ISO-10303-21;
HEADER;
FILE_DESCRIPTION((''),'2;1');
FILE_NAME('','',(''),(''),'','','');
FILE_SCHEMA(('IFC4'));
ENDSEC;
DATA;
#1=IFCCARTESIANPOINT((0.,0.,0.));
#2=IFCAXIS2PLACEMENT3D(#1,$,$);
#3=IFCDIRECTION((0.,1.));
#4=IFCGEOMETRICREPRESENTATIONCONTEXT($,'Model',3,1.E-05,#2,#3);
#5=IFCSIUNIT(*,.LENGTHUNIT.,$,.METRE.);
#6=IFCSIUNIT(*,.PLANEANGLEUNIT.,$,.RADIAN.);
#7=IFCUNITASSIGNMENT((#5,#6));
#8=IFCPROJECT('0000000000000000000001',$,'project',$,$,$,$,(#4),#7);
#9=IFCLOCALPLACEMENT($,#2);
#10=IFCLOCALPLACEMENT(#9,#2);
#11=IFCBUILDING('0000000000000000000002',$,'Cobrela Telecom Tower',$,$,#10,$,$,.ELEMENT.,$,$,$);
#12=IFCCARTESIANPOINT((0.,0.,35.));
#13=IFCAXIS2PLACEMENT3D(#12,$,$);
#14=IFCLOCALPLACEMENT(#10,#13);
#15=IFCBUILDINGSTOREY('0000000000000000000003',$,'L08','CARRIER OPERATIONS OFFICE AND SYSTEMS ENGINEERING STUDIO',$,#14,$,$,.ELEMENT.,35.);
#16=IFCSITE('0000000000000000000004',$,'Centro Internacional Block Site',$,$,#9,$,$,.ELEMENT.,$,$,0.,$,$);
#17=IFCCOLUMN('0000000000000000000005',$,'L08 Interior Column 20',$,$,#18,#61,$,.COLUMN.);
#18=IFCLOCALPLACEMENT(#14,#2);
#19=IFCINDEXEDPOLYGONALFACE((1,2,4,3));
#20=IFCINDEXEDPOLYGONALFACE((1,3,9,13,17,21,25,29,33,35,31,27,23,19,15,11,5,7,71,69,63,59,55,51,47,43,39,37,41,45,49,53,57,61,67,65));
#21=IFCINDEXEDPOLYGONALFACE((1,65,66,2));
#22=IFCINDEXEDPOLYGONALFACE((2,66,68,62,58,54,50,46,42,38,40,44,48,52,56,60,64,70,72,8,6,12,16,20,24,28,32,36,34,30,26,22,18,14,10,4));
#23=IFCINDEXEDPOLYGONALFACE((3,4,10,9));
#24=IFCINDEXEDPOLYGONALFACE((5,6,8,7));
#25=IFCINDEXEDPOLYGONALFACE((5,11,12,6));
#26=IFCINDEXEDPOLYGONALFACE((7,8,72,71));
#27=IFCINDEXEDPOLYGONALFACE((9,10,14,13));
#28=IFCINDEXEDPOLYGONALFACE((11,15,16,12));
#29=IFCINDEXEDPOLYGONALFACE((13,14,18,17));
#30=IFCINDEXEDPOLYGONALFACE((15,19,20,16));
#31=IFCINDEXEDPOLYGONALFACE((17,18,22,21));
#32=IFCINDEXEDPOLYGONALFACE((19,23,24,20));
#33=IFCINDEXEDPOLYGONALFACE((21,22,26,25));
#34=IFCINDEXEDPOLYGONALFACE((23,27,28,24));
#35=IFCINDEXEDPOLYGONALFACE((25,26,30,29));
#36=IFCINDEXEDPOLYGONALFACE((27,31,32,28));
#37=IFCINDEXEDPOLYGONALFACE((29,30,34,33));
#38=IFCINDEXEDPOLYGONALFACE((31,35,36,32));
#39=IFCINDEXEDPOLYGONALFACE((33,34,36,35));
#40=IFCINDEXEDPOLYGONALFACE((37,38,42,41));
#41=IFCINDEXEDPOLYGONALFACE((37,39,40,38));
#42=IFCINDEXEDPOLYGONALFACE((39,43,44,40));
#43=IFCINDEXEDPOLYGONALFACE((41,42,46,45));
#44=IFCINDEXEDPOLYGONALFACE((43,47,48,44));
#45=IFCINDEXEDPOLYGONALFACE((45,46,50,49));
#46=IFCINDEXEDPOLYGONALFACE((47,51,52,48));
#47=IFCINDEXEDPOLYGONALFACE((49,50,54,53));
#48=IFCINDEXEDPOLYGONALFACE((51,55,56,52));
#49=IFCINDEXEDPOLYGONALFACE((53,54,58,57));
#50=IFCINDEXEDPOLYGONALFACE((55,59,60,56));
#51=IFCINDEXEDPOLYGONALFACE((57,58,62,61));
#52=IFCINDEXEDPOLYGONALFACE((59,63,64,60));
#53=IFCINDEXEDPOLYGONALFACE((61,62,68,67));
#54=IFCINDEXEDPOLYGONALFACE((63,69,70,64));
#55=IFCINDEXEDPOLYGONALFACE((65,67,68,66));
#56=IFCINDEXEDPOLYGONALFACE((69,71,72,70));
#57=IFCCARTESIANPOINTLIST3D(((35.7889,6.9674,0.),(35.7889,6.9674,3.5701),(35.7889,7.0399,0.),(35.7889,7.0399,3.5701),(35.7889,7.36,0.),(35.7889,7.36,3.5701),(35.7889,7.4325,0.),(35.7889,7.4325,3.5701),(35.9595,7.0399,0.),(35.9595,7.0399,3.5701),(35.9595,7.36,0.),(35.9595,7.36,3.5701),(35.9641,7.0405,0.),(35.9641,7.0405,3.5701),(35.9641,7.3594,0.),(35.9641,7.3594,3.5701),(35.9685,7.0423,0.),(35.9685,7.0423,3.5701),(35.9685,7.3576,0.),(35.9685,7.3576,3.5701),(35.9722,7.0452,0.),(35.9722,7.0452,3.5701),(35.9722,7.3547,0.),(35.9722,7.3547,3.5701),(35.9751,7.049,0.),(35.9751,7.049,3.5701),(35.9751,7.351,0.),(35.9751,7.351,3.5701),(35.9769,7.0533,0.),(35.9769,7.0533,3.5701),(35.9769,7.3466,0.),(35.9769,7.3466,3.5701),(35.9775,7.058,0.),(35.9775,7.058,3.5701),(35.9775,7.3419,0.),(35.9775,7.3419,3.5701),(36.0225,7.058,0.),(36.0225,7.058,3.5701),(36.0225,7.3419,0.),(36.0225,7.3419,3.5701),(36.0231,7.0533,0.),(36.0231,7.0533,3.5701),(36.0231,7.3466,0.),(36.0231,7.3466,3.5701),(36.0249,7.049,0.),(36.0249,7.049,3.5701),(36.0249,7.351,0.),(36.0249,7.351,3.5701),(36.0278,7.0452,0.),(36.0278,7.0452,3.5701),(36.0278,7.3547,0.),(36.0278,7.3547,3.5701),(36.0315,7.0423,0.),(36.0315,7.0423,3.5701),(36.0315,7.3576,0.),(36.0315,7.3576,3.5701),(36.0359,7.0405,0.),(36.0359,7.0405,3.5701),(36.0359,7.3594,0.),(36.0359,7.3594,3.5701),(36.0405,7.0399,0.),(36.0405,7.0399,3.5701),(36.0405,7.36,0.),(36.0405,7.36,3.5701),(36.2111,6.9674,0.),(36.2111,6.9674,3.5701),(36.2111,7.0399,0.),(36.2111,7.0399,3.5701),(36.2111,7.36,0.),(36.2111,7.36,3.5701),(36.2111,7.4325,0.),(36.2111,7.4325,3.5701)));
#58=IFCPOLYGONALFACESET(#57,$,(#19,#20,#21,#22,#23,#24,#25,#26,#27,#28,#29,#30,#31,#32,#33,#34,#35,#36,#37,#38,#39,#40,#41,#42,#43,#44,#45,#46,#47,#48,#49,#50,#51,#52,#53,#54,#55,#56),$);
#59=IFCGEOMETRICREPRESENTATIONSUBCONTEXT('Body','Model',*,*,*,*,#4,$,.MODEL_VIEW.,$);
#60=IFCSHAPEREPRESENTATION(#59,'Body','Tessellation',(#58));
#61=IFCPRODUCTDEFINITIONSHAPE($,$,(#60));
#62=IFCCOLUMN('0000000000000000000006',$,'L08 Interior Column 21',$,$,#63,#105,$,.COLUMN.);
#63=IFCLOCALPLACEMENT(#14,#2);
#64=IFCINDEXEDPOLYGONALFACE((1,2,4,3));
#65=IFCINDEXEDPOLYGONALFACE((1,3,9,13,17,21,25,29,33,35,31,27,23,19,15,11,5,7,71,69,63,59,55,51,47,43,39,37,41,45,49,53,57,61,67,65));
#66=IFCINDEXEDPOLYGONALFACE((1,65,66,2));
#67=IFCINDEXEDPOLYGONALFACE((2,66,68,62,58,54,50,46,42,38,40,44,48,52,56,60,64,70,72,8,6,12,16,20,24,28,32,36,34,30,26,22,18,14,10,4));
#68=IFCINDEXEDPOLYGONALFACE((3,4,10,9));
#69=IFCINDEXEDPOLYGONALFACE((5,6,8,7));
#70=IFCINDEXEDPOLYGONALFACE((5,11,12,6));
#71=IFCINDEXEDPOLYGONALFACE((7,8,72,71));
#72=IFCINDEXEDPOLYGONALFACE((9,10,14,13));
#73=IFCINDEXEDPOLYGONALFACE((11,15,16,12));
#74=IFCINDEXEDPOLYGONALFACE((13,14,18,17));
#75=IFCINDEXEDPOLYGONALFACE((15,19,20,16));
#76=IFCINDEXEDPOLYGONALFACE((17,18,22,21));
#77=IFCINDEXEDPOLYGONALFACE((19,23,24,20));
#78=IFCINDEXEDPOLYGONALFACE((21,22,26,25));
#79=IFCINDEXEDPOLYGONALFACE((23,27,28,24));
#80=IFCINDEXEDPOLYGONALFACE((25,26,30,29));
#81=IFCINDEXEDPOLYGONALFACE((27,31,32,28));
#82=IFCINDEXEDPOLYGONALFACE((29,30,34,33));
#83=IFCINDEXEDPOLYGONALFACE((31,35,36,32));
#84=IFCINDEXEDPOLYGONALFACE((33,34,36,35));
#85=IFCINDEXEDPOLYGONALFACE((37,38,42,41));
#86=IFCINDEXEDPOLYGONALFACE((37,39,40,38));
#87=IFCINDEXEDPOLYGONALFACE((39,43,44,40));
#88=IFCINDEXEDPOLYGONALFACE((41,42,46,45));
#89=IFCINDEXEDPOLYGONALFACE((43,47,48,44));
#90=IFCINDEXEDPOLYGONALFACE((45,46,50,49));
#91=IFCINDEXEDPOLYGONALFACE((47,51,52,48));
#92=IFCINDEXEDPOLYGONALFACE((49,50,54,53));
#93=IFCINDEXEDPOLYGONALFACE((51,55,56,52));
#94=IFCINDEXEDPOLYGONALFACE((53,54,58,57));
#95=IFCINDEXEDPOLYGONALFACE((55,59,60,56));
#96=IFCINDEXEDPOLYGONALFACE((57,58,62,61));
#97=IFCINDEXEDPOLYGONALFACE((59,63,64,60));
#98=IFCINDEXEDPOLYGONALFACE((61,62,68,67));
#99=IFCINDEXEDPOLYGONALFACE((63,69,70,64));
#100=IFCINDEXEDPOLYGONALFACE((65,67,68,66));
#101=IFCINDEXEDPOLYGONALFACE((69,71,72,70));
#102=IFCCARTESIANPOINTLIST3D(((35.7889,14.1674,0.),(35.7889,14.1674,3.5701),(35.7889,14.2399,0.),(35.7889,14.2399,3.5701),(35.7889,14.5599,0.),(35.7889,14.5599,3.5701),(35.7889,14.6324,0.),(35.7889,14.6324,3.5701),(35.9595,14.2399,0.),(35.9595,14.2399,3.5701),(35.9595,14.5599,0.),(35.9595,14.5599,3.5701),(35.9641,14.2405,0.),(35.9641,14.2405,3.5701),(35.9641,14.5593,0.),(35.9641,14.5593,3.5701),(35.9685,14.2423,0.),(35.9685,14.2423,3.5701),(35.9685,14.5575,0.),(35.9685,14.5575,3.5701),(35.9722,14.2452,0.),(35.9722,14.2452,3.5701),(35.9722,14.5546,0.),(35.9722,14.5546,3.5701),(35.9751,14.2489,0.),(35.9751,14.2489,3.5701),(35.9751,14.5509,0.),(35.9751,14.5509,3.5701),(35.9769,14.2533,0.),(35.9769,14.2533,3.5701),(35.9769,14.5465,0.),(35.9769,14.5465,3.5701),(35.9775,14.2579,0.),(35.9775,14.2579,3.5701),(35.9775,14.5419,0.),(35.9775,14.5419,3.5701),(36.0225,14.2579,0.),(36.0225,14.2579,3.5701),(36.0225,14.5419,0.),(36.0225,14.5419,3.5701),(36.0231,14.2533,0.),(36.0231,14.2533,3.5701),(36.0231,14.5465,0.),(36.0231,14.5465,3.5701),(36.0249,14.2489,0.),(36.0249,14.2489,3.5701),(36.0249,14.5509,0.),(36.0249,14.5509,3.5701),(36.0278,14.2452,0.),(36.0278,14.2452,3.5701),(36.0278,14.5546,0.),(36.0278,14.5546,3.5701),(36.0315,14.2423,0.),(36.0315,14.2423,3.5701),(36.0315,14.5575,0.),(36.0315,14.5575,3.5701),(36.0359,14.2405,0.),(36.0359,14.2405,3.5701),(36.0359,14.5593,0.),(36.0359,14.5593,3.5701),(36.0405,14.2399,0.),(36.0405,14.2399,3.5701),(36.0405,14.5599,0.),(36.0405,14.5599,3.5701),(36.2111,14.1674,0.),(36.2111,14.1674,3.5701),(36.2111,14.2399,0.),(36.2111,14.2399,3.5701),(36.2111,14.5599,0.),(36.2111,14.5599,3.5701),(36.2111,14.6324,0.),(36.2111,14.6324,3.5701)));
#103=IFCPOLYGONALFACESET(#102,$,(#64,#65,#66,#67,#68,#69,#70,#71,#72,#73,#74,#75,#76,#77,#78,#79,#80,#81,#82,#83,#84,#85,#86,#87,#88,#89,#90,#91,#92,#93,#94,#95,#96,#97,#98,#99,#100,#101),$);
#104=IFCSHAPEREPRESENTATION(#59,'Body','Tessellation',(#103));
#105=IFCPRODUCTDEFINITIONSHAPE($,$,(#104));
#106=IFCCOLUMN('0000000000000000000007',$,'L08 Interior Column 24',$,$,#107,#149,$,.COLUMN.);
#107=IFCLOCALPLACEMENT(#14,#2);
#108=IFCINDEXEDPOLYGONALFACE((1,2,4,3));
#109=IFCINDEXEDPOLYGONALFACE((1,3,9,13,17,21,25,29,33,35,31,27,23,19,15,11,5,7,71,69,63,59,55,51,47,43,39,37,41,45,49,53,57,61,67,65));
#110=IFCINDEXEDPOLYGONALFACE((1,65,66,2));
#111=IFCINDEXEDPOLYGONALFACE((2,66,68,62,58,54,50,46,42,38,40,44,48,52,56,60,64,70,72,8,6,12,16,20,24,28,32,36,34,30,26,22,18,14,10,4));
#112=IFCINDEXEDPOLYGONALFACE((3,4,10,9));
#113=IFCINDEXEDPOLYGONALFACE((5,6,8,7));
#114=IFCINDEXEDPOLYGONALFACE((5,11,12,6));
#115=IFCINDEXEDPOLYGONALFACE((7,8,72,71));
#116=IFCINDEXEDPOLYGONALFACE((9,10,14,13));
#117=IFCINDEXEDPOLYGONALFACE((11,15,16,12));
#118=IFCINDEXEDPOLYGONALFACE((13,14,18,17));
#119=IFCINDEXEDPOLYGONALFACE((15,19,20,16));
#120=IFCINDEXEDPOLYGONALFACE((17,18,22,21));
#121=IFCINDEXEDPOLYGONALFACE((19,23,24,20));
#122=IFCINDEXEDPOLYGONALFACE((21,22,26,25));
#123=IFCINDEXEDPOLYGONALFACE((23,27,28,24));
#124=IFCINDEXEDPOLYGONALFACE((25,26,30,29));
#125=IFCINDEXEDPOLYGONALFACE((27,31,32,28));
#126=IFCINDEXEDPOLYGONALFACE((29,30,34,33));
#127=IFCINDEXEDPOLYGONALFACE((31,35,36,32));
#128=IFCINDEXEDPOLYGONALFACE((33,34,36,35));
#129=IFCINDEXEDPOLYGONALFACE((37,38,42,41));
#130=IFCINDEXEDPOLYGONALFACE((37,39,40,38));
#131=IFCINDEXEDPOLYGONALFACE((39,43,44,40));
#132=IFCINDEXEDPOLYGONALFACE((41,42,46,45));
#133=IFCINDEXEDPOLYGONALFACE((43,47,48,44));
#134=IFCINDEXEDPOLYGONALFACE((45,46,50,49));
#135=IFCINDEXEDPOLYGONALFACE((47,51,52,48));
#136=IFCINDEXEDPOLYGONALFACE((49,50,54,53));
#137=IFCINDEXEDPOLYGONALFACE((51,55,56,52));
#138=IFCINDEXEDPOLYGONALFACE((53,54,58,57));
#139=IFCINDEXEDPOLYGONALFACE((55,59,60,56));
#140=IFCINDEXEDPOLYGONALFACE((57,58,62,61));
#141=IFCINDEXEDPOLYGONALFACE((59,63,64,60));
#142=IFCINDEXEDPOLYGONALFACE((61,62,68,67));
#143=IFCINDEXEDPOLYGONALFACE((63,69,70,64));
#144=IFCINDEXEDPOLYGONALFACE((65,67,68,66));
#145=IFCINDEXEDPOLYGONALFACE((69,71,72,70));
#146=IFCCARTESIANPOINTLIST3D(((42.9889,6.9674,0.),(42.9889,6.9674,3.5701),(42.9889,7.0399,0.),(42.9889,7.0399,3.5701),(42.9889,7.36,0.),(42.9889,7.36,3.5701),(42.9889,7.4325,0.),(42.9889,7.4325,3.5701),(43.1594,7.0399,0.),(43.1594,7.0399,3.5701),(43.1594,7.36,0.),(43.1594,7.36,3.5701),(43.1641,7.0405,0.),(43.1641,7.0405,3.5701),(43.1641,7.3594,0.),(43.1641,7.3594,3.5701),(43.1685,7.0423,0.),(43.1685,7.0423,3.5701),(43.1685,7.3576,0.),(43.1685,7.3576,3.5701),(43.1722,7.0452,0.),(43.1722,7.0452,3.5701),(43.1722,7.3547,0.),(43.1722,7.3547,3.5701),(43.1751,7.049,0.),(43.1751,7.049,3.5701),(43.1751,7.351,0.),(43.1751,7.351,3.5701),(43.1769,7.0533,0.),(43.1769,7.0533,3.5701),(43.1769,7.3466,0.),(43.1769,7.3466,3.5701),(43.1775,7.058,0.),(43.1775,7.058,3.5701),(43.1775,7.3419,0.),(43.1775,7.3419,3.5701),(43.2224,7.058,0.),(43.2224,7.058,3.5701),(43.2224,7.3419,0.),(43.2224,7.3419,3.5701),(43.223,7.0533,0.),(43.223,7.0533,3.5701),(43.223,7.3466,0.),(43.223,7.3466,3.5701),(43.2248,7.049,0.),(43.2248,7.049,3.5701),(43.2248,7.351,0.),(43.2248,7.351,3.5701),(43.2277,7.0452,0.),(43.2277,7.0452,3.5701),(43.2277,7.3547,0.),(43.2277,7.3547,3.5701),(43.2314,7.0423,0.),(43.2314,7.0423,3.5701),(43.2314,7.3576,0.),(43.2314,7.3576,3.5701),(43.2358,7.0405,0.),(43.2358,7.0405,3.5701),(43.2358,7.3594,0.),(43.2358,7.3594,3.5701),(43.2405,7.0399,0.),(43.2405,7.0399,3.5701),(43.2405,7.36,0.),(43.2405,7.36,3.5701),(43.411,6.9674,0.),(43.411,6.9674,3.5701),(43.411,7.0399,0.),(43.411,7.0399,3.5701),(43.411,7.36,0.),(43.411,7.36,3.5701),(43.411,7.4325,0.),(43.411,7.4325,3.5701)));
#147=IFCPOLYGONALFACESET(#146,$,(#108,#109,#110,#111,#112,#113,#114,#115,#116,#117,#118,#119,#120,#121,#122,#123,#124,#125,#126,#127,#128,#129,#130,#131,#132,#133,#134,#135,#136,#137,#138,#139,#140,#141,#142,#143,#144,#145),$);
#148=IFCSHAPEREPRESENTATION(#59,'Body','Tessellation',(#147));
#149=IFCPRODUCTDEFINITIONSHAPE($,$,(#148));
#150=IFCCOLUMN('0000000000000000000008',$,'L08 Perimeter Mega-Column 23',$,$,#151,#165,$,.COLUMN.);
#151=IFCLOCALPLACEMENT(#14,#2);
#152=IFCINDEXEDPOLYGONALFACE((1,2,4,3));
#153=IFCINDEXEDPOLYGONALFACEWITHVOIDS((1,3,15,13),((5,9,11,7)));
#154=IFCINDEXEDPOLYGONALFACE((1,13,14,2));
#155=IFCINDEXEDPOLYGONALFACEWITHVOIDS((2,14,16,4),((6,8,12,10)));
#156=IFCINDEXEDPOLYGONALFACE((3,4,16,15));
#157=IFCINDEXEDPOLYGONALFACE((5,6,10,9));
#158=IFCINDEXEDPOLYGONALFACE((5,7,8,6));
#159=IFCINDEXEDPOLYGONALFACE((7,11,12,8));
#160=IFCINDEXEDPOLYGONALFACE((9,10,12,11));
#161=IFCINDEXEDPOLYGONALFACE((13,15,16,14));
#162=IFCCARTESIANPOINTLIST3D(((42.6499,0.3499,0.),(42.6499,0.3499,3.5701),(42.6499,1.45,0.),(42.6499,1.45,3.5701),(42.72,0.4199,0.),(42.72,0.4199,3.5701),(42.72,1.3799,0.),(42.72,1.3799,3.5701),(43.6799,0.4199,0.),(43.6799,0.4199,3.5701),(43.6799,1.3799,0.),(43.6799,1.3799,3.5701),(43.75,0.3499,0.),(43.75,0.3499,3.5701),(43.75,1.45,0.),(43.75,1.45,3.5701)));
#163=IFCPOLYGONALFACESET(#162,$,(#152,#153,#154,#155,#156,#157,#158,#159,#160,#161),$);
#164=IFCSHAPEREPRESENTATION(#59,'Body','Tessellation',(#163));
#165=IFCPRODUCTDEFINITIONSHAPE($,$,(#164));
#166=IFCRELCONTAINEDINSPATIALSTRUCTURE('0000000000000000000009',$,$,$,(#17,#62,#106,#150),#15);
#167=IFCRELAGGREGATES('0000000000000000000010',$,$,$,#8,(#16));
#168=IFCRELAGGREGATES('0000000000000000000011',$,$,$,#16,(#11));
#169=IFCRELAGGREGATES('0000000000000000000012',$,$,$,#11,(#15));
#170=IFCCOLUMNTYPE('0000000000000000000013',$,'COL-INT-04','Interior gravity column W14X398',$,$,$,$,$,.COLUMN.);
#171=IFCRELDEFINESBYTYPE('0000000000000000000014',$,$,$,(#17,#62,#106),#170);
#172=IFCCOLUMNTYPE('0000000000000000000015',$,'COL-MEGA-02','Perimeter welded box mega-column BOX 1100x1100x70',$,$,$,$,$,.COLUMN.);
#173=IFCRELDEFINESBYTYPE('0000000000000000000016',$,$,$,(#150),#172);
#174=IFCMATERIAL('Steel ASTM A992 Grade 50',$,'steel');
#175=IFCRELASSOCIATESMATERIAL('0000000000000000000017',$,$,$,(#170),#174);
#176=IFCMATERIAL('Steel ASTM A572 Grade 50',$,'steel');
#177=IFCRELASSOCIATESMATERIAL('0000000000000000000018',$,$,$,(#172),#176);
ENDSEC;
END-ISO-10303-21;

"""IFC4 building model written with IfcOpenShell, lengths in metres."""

from ifc_helpers import new_model, si_unit, direction, frame, origin, origin_2d, place, context, subcontext, project, spatial, hollow_rectangle, i_section, extrude, material, material_profile, profile_set, type_object, element, save


model = new_model("IFC4")

# Units and contexts
model_context = context("Model", 3, precision=1e-05, world=origin(), true_north=direction((0.0, 1.0)))
body_context = subcontext(model_context, "Body", "Model", "MODEL_VIEW")
ifc_project = project(units=[si_unit("LENGTHUNIT", "METRE"), si_unit("PLANEANGLEUNIT", "RADIAN")], contexts=[model_context])

# Site, building, storey
site_placement = place(None, origin())
site = spatial("IfcSite", under=ifc_project, at=site_placement, Name="Centro Internacional Block Site", CompositionType="ELEMENT", RefElevation=0.0)
building_placement = place(site_placement, origin())
building = spatial("IfcBuilding", under=site, at=building_placement, Name="Cobrela Telecom Tower", CompositionType="ELEMENT")
storey_placement = place(building_placement, frame((0.0, 0.0, 35.0)))
storey = spatial("IfcBuildingStorey", under=building, at=storey_placement, Name="L08", Description="CARRIER OPERATIONS OFFICE AND SYSTEMS ENGINEERING STUDIO", CompositionType="ELEMENT", Elevation=35.0)

# Columns
ifc_material_1 = material(Name="Steel ASTM A992 Grade 50", Category="steel")
ifc_material_profile_1 = material_profile(ifc_material_1, i_section(OverallWidth=0.4221, OverallDepth=0.4651, WebThickness=0.0449, FlangeThickness=0.0725, FilletRadius=0.0181, at=origin_2d()), Name="W14X398")
ifc_profile_set_1 = profile_set([ifc_material_profile_1], Name="Steel ASTM A992 Grade 50")
column_type_1 = type_object("IfcColumnType", Name="COL-INT-04", Description="Interior gravity column W14X398", PredefinedType="COLUMN", material=ifc_profile_set_1)
for number, where, z_axis, x_axis, name in (
    (1, (36.0, 7.2, 0.0), (0.0, 0.0, 1.0), (1.0, 0.0, 0.0), "L08 Interior Column 20"),
    (2, (36.0, 14.3999, 0.0), (0.0, 0.0, 1.0), (1.0, 0.0, 0.0), "L08 Interior Column 21"),
    (3, (43.2, 7.2, 0.0), (0.0, 0.0, 1.0), (1.0, 0.0, 0.0), "L08 Interior Column 24"),
):
    element("IfcColumn", number, at=place(storey_placement, frame(where, z_axis=z_axis, x_axis=x_axis)), inside=storey, type_object=column_type_1, Name=name, PredefinedType="COLUMN", context=body_context, shape_type="SweptSolid", body=[
        extrude(i_section(OverallWidth=0.4221, OverallDepth=0.4651, WebThickness=0.0449, FlangeThickness=0.0725, FilletRadius=0.0181, at=origin_2d()), origin(), (0.0, 0.0, 1.0), 3.5701),
    ])
ifc_material_2 = material(Name="Steel ASTM A572 Grade 50", Category="steel")
ifc_material_profile_2 = material_profile(ifc_material_2, hollow_rectangle(XDim=1.1001, YDim=1.1001, WallThickness=0.0701, at=origin_2d()), Name="BOX 1100x1100x70")
ifc_profile_set_2 = profile_set([ifc_material_profile_2], Name="Steel ASTM A572 Grade 50")
column_type_2 = type_object("IfcColumnType", Name="COL-MEGA-02", Description="Perimeter welded box mega-column BOX 1100x1100x70", PredefinedType="COLUMN", material=ifc_profile_set_2)
column_placement = place(storey_placement, frame((43.2, 0.8999, 0.0), z_axis=(0.0, 0.0, 1.0), x_axis=(1.0, 0.0, 0.0)))
element("IfcColumn", 4, at=column_placement, inside=storey, type_object=column_type_2, Name="L08 Perimeter Mega-Column 23", PredefinedType="COLUMN", context=body_context, shape_type="SweptSolid", body=[
    extrude(hollow_rectangle(XDim=1.1001, YDim=1.1001, WallThickness=0.0701, at=origin_2d()), origin(), (0.0, 0.0, 1.0), 3.5701),
])

save(model, "model.ifc")
